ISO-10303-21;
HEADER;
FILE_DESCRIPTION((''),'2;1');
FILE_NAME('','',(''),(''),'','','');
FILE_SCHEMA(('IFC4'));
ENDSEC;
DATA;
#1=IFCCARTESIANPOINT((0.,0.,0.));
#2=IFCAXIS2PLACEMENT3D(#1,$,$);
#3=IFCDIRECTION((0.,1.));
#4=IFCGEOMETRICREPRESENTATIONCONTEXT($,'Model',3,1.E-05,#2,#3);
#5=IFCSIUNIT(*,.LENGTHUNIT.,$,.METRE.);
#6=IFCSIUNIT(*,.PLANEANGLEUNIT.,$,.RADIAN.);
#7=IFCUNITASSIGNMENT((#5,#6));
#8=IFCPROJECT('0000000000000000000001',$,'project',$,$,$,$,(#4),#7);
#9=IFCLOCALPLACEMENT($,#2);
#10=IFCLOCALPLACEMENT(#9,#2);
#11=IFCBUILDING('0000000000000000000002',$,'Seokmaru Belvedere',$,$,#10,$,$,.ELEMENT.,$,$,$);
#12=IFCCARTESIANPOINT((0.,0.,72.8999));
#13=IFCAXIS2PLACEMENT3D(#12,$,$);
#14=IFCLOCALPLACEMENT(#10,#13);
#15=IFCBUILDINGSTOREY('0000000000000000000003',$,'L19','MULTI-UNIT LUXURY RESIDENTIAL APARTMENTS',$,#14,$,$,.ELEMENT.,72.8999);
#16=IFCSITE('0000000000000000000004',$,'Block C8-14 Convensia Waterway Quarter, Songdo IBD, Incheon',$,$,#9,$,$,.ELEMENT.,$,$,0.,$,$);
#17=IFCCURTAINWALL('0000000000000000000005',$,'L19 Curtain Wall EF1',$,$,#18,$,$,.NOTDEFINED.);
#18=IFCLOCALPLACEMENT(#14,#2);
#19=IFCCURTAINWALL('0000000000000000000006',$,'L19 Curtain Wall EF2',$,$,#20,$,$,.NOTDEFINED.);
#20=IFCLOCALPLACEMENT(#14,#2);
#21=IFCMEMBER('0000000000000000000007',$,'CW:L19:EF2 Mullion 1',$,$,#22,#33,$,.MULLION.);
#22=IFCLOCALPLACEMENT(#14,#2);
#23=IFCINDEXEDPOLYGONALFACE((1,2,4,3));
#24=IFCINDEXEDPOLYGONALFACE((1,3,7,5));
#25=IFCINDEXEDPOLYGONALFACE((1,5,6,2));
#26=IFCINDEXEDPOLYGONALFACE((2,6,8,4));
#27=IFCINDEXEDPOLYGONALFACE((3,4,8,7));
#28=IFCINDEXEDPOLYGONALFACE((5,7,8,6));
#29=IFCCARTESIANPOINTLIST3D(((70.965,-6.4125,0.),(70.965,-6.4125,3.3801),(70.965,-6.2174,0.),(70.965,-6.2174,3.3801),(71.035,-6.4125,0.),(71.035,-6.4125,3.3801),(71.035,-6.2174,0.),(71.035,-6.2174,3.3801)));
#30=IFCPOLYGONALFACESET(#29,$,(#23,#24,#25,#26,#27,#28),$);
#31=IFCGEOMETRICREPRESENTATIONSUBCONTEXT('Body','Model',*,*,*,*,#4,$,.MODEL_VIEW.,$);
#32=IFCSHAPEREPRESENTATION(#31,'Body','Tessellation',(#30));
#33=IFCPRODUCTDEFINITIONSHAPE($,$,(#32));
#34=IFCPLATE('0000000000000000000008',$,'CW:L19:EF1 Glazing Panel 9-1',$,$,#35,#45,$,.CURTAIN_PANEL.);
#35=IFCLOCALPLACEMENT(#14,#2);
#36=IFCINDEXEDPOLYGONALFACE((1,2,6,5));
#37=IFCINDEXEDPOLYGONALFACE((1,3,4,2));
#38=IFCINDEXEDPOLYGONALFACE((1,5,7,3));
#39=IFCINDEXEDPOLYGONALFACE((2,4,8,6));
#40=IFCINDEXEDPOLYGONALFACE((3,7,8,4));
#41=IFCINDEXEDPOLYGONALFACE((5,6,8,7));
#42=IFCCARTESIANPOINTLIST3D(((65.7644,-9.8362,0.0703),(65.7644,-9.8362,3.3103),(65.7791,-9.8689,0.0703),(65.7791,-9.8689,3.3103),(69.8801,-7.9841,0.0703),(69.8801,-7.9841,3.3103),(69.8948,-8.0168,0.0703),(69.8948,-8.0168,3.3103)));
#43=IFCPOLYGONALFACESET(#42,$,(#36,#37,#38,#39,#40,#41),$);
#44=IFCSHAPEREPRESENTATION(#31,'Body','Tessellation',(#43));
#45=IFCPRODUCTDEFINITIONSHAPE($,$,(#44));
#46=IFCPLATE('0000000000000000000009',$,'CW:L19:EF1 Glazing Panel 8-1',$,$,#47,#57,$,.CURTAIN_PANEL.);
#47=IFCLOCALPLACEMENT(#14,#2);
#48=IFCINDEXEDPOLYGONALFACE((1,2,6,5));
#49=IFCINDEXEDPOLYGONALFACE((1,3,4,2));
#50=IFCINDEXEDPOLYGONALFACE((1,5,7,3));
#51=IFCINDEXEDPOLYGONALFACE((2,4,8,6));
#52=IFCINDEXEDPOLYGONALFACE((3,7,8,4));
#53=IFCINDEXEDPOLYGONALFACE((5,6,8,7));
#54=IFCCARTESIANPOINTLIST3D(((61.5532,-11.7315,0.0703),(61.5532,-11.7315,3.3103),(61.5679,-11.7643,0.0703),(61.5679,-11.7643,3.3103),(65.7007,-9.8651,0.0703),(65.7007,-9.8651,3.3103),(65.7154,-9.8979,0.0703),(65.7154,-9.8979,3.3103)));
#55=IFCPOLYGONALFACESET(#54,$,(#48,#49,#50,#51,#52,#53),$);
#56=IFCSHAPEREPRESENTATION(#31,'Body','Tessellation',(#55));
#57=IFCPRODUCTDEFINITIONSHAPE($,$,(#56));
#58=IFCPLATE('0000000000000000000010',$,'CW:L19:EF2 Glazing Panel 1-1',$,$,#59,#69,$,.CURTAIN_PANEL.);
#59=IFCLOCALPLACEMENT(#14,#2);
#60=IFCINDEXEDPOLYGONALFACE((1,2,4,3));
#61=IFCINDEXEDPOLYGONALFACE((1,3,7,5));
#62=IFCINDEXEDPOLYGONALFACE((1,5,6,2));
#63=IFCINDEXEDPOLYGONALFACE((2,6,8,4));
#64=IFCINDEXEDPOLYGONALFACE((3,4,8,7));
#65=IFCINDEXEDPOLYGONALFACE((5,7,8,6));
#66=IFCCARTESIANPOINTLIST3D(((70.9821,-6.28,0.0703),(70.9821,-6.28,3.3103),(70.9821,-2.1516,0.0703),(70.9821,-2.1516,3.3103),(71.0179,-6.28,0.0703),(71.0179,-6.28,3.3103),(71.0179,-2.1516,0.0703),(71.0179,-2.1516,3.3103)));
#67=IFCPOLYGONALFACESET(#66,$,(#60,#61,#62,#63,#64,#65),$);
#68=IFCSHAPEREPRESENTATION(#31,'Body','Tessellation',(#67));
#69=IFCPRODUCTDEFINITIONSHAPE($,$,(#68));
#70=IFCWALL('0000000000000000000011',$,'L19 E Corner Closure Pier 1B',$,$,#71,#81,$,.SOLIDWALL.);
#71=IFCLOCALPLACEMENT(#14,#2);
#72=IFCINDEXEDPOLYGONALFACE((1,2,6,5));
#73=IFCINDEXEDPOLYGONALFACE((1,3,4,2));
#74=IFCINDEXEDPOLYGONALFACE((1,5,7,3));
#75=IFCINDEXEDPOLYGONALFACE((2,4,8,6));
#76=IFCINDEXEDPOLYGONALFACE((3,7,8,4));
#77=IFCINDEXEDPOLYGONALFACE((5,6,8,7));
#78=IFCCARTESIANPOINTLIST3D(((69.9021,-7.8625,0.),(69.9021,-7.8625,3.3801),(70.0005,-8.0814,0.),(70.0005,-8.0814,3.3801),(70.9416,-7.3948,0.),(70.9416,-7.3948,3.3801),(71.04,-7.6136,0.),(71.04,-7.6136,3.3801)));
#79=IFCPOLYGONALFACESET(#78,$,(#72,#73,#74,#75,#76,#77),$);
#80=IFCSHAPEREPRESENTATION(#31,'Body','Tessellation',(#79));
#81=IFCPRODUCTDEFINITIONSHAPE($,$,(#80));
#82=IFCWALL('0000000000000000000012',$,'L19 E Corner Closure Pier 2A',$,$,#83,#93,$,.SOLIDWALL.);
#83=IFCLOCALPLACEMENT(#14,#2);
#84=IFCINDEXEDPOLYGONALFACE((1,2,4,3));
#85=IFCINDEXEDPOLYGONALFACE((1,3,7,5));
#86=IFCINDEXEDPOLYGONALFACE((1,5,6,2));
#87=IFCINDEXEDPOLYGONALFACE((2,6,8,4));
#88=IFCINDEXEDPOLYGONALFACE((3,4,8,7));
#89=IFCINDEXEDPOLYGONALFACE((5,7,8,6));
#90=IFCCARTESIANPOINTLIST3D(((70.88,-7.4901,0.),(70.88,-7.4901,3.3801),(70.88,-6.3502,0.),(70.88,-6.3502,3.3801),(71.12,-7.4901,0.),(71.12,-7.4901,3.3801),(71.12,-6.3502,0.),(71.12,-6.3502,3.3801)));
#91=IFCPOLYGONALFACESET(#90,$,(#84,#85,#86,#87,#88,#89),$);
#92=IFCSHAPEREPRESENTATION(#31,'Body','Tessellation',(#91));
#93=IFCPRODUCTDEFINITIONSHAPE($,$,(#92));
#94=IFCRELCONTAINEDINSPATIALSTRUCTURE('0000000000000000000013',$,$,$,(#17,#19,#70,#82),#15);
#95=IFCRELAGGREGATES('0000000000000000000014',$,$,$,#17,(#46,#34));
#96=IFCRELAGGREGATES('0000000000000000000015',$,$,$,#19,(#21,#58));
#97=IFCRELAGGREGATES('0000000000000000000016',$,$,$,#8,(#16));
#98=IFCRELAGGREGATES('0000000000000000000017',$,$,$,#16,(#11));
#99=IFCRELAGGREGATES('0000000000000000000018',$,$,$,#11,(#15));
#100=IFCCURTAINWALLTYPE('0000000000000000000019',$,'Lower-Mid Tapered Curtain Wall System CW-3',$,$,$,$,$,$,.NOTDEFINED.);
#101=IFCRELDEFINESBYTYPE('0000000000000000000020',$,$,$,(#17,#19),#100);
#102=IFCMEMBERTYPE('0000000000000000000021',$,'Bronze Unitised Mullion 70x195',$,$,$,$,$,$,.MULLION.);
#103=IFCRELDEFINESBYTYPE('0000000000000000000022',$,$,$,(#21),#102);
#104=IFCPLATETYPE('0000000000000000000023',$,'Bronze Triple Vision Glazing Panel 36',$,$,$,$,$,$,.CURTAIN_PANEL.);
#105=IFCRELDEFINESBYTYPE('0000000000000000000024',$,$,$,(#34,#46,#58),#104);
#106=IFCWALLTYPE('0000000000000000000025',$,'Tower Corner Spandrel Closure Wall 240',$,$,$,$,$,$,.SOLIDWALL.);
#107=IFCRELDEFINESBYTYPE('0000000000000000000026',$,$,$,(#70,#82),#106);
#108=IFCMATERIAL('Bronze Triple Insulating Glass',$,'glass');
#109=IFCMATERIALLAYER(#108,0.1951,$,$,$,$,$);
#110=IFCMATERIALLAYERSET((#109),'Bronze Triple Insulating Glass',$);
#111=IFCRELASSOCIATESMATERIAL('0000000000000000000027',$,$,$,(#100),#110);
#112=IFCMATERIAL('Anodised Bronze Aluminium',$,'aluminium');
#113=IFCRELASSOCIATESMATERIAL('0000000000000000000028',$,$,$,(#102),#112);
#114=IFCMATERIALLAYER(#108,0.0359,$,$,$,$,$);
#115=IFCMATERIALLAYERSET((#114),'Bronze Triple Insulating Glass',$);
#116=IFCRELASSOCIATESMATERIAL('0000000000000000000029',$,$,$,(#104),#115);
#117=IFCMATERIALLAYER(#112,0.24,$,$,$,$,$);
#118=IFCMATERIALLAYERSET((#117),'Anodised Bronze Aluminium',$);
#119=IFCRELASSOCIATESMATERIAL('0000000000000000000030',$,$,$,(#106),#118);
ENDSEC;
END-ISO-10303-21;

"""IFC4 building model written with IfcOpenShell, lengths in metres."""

from ifc_helpers import new_model, si_unit, direction, frame, frame_2d, origin, origin_2d, place, context, subcontext, project, spatial, rectangle, extrude, source, transform, mapped, material, layer, layer_set, material_profile, profile_set, type_object, type_shapes, element, aggregate, save


model = new_model("IFC4")

# Units and contexts
model_context = context("Model", 3, precision=1e-05, world=origin(), true_north=direction((0.0, 1.0)))
body_context = subcontext(model_context, "Body", "Model", "MODEL_VIEW")
ifc_project = project(units=[si_unit("LENGTHUNIT", "METRE"), si_unit("PLANEANGLEUNIT", "RADIAN")], contexts=[model_context])

# Site, building, storey
site_placement = place(None, origin())
site = spatial("IfcSite", under=ifc_project, at=site_placement, Name="Block C8-14 Convensia Waterway Quarter, Songdo IBD, Incheon", CompositionType="ELEMENT", RefElevation=0.0)
building_placement = place(site_placement, origin())
building = spatial("IfcBuilding", under=site, at=building_placement, Name="Seokmaru Belvedere", CompositionType="ELEMENT")
storey_placement = place(building_placement, frame((0.0, 0.0, 72.8999)))
storey = spatial("IfcBuildingStorey", under=building, at=storey_placement, Name="L19", Description="MULTI-UNIT LUXURY RESIDENTIAL APARTMENTS", CompositionType="ELEMENT", Elevation=72.8999)

# Curtain walls
ifc_material_1 = material(Name="Bronze Triple Insulating Glass", Category="glass")
ifc_layer_1 = layer(ifc_material_1, 0.1951)
ifc_layer_set_1 = layer_set([ifc_layer_1], Name="Bronze Triple Insulating Glass")
curtain_wall_type = type_object("IfcCurtainWallType", Name="Lower-Mid Tapered Curtain Wall System CW-3", PredefinedType="NOTDEFINED", material=ifc_layer_set_1)
curtain_wall_1_placement = place(storey_placement, origin())
curtain_wall_1 = element("IfcCurtainWall", 1, at=curtain_wall_1_placement, inside=storey, type_object=curtain_wall_type, Name="L19 Curtain Wall EF1", PredefinedType="NOTDEFINED")
ifc_material_2 = material(Name="Anodised Bronze Aluminium", Category="aluminium")
ifc_material_profile_1 = material_profile(ifc_material_2, rectangle(XDim=0.0701, YDim=0.1951, at=origin_2d()), Name="CW-M-70x195")
ifc_profile_set_1 = profile_set([ifc_material_profile_1], Name="Anodised Bronze Aluminium")
member_type_1 = type_object("IfcMemberType", Name="Bronze Unitised Mullion 70x195", PredefinedType="MULLION", material=ifc_profile_set_1)
curtain_wall_2_placement = place(storey_placement, origin())
curtain_wall_2 = element("IfcCurtainWall", 2, at=curtain_wall_2_placement, inside=storey, type_object=curtain_wall_type, Name="L19 Curtain Wall EF2", PredefinedType="NOTDEFINED")

# Member
shared_shape_1 = source(origin(), body_context, "Body", "SweptSolid", [
    extrude(rectangle(XDim=0.0701, YDim=0.1951, at=origin_2d()), origin(), (0.0, 0.0, 1.0), 3.3801),
])
member_1_placement = place(storey_placement, frame((71.0, -6.3149, 0.0), z_axis=(0.0, 0.0, 1.0), x_axis=(-1.0, 0.0, 0.0)))
member_1 = element("IfcMember", 3, at=member_1_placement, type_object=member_type_1, Name="CW:L19:EF2 Mullion 1", PredefinedType="MULLION", context=body_context, shape_type="MappedRepresentation", body=[
    mapped(shared_shape_1, transform((0.0, 0.0, 0.0), scale=1.0)),
])

# Plates
ifc_layer_2 = layer(ifc_material_1, 0.0359)
ifc_layer_set_2 = layer_set([ifc_layer_2], Name="Bronze Triple Insulating Glass")
plate_type = type_object("IfcPlateType", Name="Bronze Triple Vision Glazing Panel 36", PredefinedType="CURTAIN_PANEL", material=ifc_layer_set_2)
shared_shape_2 = source(origin(), body_context, "Body", "SweptSolid", [
    extrude(rectangle(XDim=4.5132, YDim=0.0359, at=origin_2d()), origin(), (0.0, 0.0, 1.0), 3.24),
])
plate_1_placement = place(storey_placement, frame((67.8296, -8.9265, 0.0703), z_axis=(0.0, 0.0, 1.0), x_axis=(0.911921, 0.410366, 0.0)))
plate_1 = element("IfcPlate", 4, at=plate_1_placement, type_object=plate_type, Name="CW:L19:EF1 Glazing Panel 9-1", PredefinedType="CURTAIN_PANEL", context=body_context, shape_type="MappedRepresentation", body=[
    mapped(shared_shape_2, transform((0.0, 0.0, 0.0), scale=1.0)),
])
shared_shape_3 = source(origin(), body_context, "Body", "SweptSolid", [
    extrude(rectangle(XDim=4.5481, YDim=0.0359, at=origin_2d()), origin(), (0.0, 0.0, 1.0), 3.24),
])
plate_2_placement = place(storey_placement, frame((63.6343, -10.8147, 0.0703), z_axis=(0.0, 0.0, 1.0), x_axis=(0.911921, 0.410366, 0.0)))
plate_2 = element("IfcPlate", 5, at=plate_2_placement, type_object=plate_type, Name="CW:L19:EF1 Glazing Panel 8-1", PredefinedType="CURTAIN_PANEL", context=body_context, shape_type="MappedRepresentation", body=[
    mapped(shared_shape_3, transform((0.0, 0.0, 0.0), scale=1.0)),
])
aggregate(curtain_wall_1, [plate_2, plate_1])
shared_shape_4 = source(origin(), body_context, "Body", "SweptSolid", [
    extrude(rectangle(XDim=4.1284, YDim=0.0359, at=origin_2d()), origin(), (0.0, 0.0, 1.0), 3.24),
])
type_shapes(plate_type, [shared_shape_2, shared_shape_3, shared_shape_4])
plate_3_placement = place(storey_placement, frame((71.0, -4.2158, 0.0703), z_axis=(0.0, 0.0, 1.0), x_axis=(0.0, 1.0, 0.0)))
plate_3 = element("IfcPlate", 6, at=plate_3_placement, type_object=plate_type, Name="CW:L19:EF2 Glazing Panel 1-1", PredefinedType="CURTAIN_PANEL", context=body_context, shape_type="MappedRepresentation", body=[
    mapped(shared_shape_4, transform((0.0, 0.0, 0.0), scale=1.0)),
])
aggregate(curtain_wall_2, [member_1, plate_3])

# Walls
ifc_layer_3 = layer(ifc_material_2, 0.24)
ifc_layer_set_3 = layer_set([ifc_layer_3], Name="Anodised Bronze Aluminium")
wall_type = type_object("IfcWallType", Name="Tower Corner Spandrel Closure Wall 240", PredefinedType="SOLIDWALL", material=ifc_layer_set_3)
for number, where, z_axis, x_axis, name in (
    (7, (69.9514, -7.9719, 0.0), (0.0, 0.0, 1.0), (0.91193, 0.410347, 0.0), "L19 E Corner Closure Pier 1B"),
    (8, (71.0, -7.49, 0.0), (0.0, 0.0, 1.0), (0.0, 1.0, 0.0), "L19 E Corner Closure Pier 2A"),
):
    element("IfcWall", number, at=place(storey_placement, frame(where, z_axis=z_axis, x_axis=x_axis)), inside=storey, type_object=wall_type, Name=name, PredefinedType="SOLIDWALL", context=body_context, shape_type="SweptSolid", body=[
        extrude(rectangle(XDim=1.1399, YDim=0.24, at=frame_2d((0.5698, 0.0))), origin(), (0.0, 0.0, 1.0), 3.3801),
    ])

save(model, "model.ifc")
